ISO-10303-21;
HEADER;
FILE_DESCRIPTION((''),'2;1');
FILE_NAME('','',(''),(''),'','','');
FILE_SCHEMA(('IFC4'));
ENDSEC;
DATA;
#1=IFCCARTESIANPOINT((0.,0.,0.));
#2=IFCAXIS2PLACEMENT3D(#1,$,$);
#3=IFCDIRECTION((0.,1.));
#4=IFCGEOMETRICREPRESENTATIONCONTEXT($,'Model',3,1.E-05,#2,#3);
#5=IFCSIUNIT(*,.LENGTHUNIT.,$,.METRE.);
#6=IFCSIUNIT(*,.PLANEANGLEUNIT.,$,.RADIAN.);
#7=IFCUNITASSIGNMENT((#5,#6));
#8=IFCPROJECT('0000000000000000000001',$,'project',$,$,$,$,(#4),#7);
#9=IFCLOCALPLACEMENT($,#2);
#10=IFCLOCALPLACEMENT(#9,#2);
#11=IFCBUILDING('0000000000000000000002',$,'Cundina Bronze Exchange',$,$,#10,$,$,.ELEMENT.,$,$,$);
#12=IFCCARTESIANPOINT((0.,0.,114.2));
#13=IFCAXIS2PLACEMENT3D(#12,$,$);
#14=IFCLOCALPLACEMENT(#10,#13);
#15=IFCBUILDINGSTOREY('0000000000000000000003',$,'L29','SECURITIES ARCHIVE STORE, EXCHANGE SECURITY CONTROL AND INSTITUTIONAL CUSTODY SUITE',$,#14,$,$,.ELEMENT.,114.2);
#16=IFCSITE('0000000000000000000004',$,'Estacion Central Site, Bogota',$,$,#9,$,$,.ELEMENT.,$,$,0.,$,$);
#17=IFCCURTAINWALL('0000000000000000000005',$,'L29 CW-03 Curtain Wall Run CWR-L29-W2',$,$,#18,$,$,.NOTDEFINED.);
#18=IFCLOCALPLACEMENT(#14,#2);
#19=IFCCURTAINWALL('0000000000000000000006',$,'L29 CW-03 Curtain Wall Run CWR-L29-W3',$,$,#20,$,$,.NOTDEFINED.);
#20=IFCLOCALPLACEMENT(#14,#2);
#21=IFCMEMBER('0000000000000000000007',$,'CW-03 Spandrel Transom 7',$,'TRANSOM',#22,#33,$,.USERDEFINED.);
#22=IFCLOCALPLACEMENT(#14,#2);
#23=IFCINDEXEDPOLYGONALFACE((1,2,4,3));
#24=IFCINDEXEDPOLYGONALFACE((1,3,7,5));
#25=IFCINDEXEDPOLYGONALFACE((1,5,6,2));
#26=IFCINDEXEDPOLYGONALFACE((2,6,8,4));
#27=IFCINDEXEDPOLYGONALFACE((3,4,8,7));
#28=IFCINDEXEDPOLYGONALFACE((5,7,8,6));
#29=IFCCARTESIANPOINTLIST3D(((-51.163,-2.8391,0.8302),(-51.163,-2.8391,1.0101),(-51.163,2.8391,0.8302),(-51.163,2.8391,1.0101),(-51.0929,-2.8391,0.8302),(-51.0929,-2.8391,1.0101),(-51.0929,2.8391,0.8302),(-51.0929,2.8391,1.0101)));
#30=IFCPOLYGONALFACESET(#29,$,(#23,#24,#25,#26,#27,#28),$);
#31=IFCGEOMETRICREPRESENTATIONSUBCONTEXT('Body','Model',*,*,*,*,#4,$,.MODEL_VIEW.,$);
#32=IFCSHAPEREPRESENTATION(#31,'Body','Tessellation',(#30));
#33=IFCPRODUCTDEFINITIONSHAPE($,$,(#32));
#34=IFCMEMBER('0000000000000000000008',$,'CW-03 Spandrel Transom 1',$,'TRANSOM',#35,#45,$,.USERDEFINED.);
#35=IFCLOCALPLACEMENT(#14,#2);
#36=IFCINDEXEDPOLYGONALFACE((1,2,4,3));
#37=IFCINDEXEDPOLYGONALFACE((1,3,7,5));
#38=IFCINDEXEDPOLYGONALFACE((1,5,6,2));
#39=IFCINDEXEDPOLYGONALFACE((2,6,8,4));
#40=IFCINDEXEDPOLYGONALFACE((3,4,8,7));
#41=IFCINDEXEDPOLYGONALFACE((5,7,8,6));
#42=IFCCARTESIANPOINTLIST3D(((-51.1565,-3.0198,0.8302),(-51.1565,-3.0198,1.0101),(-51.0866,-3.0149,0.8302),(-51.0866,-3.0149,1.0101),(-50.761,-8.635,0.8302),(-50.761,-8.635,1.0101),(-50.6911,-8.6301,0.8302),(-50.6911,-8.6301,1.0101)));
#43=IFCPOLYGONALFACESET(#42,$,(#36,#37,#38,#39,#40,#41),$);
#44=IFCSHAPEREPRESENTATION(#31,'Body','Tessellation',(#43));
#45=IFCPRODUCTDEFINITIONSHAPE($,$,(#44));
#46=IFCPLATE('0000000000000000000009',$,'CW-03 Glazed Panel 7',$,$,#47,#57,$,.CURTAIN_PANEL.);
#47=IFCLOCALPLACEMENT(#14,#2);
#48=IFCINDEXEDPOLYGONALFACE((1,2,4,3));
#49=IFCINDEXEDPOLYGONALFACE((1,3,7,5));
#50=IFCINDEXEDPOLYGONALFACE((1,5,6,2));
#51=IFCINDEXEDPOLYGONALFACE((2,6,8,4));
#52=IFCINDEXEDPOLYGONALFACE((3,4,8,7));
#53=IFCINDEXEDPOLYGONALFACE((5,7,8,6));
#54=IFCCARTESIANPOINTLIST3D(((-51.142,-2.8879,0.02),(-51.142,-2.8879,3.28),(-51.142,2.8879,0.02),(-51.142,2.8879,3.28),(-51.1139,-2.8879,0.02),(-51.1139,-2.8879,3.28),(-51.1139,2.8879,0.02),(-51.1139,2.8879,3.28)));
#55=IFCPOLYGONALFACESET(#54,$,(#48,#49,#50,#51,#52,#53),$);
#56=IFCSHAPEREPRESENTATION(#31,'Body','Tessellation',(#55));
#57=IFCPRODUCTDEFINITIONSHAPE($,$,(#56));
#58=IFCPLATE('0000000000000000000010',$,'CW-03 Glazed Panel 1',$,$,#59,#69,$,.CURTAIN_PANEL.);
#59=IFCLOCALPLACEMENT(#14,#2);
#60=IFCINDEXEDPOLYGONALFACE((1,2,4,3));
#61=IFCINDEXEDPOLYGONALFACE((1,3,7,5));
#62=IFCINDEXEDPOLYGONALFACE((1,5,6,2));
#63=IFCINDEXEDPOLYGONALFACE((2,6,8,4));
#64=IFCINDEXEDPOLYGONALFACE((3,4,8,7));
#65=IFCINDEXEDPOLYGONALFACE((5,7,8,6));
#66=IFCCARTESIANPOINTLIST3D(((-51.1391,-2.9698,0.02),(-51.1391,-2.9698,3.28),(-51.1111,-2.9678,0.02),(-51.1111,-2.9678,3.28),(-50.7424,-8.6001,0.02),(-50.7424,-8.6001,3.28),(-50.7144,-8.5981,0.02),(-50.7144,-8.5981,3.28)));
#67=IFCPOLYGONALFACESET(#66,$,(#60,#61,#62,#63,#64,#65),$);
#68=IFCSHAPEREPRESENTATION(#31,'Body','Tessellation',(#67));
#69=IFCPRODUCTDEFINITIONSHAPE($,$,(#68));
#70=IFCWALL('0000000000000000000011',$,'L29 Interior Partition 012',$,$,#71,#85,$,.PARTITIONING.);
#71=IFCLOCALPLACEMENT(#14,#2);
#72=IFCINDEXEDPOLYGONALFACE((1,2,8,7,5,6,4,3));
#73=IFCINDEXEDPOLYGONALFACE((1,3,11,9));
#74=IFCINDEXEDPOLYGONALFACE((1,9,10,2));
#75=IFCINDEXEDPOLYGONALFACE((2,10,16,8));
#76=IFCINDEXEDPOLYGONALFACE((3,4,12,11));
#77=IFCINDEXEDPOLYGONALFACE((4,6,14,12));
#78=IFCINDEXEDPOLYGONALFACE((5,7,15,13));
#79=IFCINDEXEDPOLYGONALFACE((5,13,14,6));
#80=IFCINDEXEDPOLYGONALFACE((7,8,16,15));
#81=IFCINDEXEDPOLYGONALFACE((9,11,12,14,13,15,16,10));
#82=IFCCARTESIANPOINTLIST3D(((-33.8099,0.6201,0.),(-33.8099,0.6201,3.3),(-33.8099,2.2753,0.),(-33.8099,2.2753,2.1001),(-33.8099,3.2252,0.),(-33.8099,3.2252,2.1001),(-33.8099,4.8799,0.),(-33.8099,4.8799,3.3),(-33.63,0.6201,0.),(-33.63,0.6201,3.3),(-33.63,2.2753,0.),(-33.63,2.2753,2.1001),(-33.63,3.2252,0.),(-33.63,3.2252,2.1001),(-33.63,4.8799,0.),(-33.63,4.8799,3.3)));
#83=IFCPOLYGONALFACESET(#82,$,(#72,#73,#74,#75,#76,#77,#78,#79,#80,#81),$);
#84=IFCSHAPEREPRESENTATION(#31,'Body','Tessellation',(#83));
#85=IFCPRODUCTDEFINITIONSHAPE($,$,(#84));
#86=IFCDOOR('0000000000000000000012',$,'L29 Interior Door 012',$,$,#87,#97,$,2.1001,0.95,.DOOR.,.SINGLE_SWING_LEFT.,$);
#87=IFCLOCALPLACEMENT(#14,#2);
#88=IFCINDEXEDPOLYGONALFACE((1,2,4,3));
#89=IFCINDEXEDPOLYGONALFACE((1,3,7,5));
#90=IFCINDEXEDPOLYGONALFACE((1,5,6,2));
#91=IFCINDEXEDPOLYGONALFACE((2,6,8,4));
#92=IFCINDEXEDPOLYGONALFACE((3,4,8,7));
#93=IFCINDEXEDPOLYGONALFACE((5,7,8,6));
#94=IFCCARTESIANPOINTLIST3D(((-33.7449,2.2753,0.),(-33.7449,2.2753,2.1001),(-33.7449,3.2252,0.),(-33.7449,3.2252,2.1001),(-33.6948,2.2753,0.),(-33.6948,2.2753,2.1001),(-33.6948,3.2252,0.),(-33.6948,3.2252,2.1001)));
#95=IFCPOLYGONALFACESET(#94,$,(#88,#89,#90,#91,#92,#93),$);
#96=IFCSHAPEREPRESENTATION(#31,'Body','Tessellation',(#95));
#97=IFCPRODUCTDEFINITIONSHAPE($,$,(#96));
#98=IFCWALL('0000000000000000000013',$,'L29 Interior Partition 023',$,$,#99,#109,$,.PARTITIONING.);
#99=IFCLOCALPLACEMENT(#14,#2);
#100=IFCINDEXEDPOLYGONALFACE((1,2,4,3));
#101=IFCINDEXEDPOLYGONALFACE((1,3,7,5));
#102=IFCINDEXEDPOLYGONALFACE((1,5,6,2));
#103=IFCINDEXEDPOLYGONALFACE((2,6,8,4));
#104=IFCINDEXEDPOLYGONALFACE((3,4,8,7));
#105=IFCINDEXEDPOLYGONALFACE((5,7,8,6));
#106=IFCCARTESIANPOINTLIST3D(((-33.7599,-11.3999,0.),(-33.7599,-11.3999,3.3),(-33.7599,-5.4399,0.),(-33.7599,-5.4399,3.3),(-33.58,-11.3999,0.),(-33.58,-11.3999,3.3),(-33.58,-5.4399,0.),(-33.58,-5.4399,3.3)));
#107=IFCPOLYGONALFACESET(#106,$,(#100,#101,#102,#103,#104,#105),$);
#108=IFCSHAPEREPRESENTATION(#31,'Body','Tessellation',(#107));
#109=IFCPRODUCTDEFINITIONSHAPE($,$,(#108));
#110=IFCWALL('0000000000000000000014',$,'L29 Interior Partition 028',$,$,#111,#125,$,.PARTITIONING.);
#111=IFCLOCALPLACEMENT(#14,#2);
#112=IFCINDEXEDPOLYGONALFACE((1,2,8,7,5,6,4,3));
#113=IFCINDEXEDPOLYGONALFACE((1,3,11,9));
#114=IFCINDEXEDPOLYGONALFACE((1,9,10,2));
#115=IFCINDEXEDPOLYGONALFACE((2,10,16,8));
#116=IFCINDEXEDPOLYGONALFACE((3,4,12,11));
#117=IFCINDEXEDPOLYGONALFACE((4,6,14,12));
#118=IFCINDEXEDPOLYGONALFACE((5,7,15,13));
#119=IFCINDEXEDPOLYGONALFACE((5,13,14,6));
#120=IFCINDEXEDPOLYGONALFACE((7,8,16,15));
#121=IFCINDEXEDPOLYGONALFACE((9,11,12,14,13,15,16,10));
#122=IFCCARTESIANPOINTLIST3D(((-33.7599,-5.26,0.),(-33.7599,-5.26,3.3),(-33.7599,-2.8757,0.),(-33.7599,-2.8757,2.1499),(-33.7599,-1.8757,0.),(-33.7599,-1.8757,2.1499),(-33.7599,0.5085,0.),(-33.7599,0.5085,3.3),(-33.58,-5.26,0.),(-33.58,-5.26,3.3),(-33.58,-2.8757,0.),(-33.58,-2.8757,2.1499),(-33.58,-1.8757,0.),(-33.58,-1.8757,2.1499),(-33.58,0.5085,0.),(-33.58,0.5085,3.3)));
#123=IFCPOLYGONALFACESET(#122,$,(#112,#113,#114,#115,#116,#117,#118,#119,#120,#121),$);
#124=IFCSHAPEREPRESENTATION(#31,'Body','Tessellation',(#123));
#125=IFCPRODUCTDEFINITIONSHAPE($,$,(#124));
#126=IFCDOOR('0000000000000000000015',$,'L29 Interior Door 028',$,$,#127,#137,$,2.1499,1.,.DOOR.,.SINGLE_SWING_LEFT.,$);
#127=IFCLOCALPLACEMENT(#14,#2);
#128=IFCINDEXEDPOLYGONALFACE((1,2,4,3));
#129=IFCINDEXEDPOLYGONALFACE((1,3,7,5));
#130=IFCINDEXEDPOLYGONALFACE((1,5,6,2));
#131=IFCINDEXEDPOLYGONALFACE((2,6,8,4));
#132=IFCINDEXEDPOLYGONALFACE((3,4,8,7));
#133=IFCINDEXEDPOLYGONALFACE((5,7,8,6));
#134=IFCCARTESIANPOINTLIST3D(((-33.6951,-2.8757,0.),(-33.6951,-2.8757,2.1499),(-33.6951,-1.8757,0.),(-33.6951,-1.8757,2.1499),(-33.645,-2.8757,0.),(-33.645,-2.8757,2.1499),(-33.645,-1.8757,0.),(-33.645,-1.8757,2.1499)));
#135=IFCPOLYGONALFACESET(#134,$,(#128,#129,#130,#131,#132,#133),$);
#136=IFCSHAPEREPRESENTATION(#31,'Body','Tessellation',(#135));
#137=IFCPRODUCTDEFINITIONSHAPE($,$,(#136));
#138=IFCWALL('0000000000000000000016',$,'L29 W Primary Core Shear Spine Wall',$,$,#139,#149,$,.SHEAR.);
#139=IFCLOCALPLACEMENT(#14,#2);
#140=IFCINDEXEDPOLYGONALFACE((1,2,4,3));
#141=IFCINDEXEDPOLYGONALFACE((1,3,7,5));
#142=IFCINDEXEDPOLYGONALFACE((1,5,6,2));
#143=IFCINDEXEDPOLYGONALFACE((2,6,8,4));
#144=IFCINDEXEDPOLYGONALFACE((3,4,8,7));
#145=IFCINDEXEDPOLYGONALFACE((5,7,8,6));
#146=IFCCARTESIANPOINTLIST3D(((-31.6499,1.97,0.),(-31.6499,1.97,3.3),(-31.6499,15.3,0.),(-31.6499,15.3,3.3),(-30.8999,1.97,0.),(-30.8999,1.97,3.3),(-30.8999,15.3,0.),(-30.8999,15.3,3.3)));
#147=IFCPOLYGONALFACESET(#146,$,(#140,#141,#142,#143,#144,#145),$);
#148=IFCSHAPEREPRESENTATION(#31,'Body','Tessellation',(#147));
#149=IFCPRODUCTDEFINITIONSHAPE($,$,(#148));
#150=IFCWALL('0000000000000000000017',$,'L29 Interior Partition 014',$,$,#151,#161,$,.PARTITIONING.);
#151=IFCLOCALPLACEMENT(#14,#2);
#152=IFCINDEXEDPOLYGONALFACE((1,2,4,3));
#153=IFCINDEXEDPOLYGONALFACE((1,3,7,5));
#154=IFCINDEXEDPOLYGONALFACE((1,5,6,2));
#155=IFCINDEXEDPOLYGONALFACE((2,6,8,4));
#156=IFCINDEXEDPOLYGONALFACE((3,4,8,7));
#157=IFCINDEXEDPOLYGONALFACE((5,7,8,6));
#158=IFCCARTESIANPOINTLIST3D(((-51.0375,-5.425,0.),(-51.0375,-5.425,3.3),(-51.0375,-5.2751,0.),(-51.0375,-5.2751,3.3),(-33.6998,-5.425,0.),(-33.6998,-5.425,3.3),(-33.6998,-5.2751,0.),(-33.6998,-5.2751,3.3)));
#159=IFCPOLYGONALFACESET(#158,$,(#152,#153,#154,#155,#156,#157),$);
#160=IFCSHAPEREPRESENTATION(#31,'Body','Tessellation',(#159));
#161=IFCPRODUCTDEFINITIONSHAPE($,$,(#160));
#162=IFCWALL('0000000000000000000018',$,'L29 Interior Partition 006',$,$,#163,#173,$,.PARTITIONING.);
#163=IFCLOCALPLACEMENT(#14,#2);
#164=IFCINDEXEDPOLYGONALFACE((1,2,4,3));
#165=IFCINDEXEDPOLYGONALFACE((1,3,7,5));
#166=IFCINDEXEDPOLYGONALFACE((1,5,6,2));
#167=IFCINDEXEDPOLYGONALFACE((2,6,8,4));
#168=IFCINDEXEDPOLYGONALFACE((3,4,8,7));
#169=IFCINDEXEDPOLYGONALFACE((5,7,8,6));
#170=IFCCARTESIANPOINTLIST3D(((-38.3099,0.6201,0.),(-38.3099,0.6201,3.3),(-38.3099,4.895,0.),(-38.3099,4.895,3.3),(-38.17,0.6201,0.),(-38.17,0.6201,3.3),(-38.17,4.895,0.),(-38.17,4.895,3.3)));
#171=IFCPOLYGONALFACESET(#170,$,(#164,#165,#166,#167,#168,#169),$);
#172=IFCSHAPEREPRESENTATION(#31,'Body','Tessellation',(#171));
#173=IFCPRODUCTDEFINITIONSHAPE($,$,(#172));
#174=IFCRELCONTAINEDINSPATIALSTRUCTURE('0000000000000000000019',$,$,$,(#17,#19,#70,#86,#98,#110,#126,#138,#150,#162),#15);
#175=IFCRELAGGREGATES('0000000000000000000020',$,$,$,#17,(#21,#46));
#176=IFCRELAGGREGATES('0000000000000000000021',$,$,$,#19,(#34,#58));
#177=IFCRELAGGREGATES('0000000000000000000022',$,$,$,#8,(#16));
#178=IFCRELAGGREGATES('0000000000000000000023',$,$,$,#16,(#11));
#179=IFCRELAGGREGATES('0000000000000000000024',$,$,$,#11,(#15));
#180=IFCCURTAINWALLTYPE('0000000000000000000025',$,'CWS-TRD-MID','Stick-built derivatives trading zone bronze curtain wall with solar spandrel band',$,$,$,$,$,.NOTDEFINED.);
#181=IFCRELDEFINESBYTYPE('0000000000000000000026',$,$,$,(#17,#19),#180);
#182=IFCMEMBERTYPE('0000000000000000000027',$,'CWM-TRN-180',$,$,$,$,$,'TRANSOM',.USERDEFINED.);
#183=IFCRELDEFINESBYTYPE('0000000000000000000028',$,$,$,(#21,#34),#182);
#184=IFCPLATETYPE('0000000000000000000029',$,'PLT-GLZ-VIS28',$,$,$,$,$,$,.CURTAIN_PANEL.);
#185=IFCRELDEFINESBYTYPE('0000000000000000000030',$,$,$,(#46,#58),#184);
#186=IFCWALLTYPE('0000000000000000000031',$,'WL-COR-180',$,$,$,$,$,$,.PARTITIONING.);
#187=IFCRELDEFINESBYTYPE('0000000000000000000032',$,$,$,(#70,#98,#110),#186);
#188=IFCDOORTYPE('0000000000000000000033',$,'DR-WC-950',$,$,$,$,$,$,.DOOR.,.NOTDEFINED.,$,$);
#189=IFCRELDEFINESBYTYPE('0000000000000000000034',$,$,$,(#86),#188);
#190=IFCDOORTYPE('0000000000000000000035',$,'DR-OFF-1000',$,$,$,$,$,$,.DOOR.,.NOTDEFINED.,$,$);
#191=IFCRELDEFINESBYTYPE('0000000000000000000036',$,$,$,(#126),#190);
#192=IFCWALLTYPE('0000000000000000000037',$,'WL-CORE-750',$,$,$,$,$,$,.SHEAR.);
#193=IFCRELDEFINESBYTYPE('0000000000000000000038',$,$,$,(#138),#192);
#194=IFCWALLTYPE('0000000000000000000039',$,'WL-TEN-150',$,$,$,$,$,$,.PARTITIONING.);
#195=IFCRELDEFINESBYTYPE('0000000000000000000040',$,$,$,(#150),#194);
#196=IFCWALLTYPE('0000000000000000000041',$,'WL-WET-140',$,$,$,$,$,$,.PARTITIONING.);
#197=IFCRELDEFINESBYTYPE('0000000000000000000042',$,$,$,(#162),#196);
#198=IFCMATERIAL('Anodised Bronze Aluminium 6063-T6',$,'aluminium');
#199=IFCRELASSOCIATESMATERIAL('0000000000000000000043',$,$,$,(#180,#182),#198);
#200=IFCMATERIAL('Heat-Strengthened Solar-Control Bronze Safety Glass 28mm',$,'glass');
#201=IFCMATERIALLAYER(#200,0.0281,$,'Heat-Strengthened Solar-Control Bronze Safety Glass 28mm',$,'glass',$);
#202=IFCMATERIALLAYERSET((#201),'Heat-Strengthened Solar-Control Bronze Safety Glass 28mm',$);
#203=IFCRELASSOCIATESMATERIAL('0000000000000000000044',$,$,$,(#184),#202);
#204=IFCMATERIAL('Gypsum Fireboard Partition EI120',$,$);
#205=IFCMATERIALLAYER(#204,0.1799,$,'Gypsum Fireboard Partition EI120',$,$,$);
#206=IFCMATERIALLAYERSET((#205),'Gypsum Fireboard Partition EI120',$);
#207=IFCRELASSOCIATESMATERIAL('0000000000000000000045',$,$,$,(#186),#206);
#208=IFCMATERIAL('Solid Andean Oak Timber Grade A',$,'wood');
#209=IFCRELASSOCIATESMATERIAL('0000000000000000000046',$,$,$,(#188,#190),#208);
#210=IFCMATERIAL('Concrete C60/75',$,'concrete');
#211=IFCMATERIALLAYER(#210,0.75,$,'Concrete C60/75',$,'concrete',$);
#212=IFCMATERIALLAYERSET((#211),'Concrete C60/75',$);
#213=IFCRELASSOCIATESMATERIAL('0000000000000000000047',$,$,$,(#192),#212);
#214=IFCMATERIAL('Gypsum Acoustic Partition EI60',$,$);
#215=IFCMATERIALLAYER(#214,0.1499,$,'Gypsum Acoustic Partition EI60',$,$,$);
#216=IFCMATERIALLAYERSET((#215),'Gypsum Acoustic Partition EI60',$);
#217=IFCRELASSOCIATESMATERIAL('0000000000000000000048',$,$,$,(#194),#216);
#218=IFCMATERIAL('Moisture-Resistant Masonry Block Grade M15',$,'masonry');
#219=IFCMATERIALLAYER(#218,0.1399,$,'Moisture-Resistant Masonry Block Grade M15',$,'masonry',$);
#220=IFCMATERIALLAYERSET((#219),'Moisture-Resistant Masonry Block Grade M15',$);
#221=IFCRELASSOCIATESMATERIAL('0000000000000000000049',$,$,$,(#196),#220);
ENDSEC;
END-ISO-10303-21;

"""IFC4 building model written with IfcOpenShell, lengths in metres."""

from ifc_helpers import new_model, si_unit, direction, frame, frame_2d, origin, origin_2d, place, context, subcontext, project, spatial, rectangle, extrude, material, layer, layer_set, material_profile, profile_set, type_object, element, fill, aggregate, save


model = new_model("IFC4")

# Units and contexts
model_context = context("Model", 3, precision=1e-05, world=origin(), true_north=direction((0.0, 1.0)))
body_context = subcontext(model_context, "Body", "Model", "MODEL_VIEW")
ifc_project = project(units=[si_unit("LENGTHUNIT", "METRE"), si_unit("PLANEANGLEUNIT", "RADIAN")], contexts=[model_context])

# Site, building, storey
site_placement = place(None, origin())
site = spatial("IfcSite", under=ifc_project, at=site_placement, Name="Estacion Central Site, Bogota", CompositionType="ELEMENT", RefElevation=0.0)
building_placement = place(site_placement, origin())
building = spatial("IfcBuilding", under=site, at=building_placement, Name="Cundina Bronze Exchange", CompositionType="ELEMENT")
storey_placement = place(building_placement, frame((0.0, 0.0, 114.2)))
storey = spatial("IfcBuildingStorey", under=building, at=storey_placement, Name="L29", Description="SECURITIES ARCHIVE STORE, EXCHANGE SECURITY CONTROL AND INSTITUTIONAL CUSTODY SUITE", CompositionType="ELEMENT", Elevation=114.2)

# Shared definitions
ifc_material_1 = material(Name="Concrete C60/75", Category="concrete")

# Curtain walls
ifc_material_2 = material(Name="Anodised Bronze Aluminium 6063-T6", Category="aluminium")
curtain_wall_type = type_object("IfcCurtainWallType", Name="CWS-TRD-MID", Description="Stick-built derivatives trading zone bronze curtain wall with solar spandrel band", PredefinedType="NOTDEFINED", material=ifc_material_2)
curtain_wall_1_placement = place(storey_placement, origin())
curtain_wall_1 = element("IfcCurtainWall", 1, at=curtain_wall_1_placement, inside=storey, type_object=curtain_wall_type, Name="L29 CW-03 Curtain Wall Run CWR-L29-W2", PredefinedType="NOTDEFINED")
curtain_wall_2_placement = place(storey_placement, origin())
curtain_wall_2 = element("IfcCurtainWall", 2, at=curtain_wall_2_placement, inside=storey, type_object=curtain_wall_type, Name="L29 CW-03 Curtain Wall Run CWR-L29-W3", PredefinedType="NOTDEFINED")

# Members
ifc_material_profile_1 = material_profile(ifc_material_2, rectangle(XDim=0.0701, YDim=0.1799, at=origin_2d()), Name="AL70X180", Category="aluminium")
ifc_profile_set_1 = profile_set([ifc_material_profile_1], Name="Anodised Bronze Aluminium 6063-T6")
member_type_1 = type_object("IfcMemberType", Name="CWM-TRN-180", ElementType="TRANSOM", PredefinedType="USERDEFINED", material=ifc_profile_set_1)
member_1_placement = place(storey_placement, frame((-51.1279, 2.8391, 0.9202), z_axis=(0.0, -1.0, 0.0), x_axis=(1.0, 0.0, 0.0)))
member_1 = element("IfcMember", 3, at=member_1_placement, type_object=member_type_1, Name="CW-03 Spandrel Transom 7", ObjectType="TRANSOM", PredefinedType="USERDEFINED", context=body_context, shape_type="SweptSolid", body=[
    extrude(rectangle(XDim=0.0701, YDim=0.1799, at=origin_2d()), origin(), (0.0, 0.0, 1.0), 5.6782),
])
member_2_placement = place(storey_placement, frame((-51.1216, -3.0173, 0.9202), z_axis=(0.070261, -0.997529, 0.0), x_axis=(0.997529, 0.070261, 0.0)))
member_2 = element("IfcMember", 4, at=member_2_placement, type_object=member_type_1, Name="CW-03 Spandrel Transom 1", ObjectType="TRANSOM", PredefinedType="USERDEFINED", context=body_context, shape_type="SweptSolid", body=[
    extrude(rectangle(XDim=0.0701, YDim=0.1799, at=origin_2d()), origin(), (0.0, 0.0, 1.0), 5.6292),
])

# Plates
ifc_material_3 = material(Name="Heat-Strengthened Solar-Control Bronze Safety Glass 28mm", Category="glass")
ifc_layer_1 = layer(ifc_material_3, 0.0281, Name="Heat-Strengthened Solar-Control Bronze Safety Glass 28mm", Category="glass")
ifc_layer_set_1 = layer_set([ifc_layer_1], Name="Heat-Strengthened Solar-Control Bronze Safety Glass 28mm")
plate_type = type_object("IfcPlateType", Name="PLT-GLZ-VIS28", PredefinedType="CURTAIN_PANEL", material=ifc_layer_set_1)
plate_1_placement = place(storey_placement, frame((-51.1279, 0.0, 0.02), z_axis=(0.0, 0.0, 1.0), x_axis=(0.0, -1.0, 0.0)))
plate_1 = element("IfcPlate", 5, at=plate_1_placement, type_object=plate_type, Name="CW-03 Glazed Panel 7", PredefinedType="CURTAIN_PANEL", context=body_context, shape_type="SweptSolid", body=[
    extrude(rectangle(XDim=5.7759, YDim=0.0281, at=origin_2d()), origin(), (0.0, 0.0, 1.0), 3.26),
])
aggregate(curtain_wall_1, [member_1, plate_1])
plate_2_placement = place(storey_placement, frame((-50.9268, -5.7839, 0.02), z_axis=(0.0, 0.0, 1.0), x_axis=(0.070279, -0.997527, 0.0)))
plate_2 = element("IfcPlate", 6, at=plate_2_placement, type_object=plate_type, Name="CW-03 Glazed Panel 1", PredefinedType="CURTAIN_PANEL", context=body_context, shape_type="SweptSolid", body=[
    extrude(rectangle(XDim=5.6443, YDim=0.0281, at=origin_2d()), origin(), (0.0, 0.0, 1.0), 3.26),
])
aggregate(curtain_wall_2, [member_2, plate_2])

# Wall, opening, door
ifc_material_4 = material(Name="Gypsum Fireboard Partition EI120")
ifc_layer_2 = layer(ifc_material_4, 0.1799, Name="Gypsum Fireboard Partition EI120")
ifc_layer_set_2 = layer_set([ifc_layer_2], Name="Gypsum Fireboard Partition EI120")
wall_type_1 = type_object("IfcWallType", Name="WL-COR-180", PredefinedType="PARTITIONING", material=ifc_layer_set_2)
wall_1_placement = place(storey_placement, frame((-33.72, 0.6201, 0.0), z_axis=(0.0, 0.0, 1.0), x_axis=(0.0, 1.0, 0.0)))
wall_1 = element("IfcWall", 7, at=wall_1_placement, inside=storey, type_object=wall_type_1, Name="L29 Interior Partition 012", PredefinedType="PARTITIONING", context=body_context, shape_type="SweptSolid", body=[
    extrude(rectangle(XDim=4.2598, YDim=0.1799, at=frame_2d((2.1299, 0.0))), origin(), (0.0, 0.0, 1.0), 3.3),
])
opening_1_placement = place(wall_1_placement, frame((1.655, 0.0, 0.0)))
opening_1 = element("IfcOpeningElement", 8, at=opening_1_placement, cuts=wall_1, PredefinedType="OPENING", context=body_context, shape_type="SweptSolid", body=[
    extrude(rectangle(XDim=0.95, YDim=2.1001, at=frame_2d((0.4751, 1.05))), frame((0.0, 0.0999, 0.0), z_axis=(0.0, -1.0, 0.0), x_axis=(1.0, 0.0, 0.0)), (0.0, 0.0, 1.0), 0.2),
])
ifc_material_5 = material(Name="Solid Andean Oak Timber Grade A", Category="wood")
door_type_1 = type_object("IfcDoorType", Name="DR-WC-950", OperationType="NOTDEFINED", PredefinedType="DOOR", material=ifc_material_5)
door_1_placement = place(opening_1_placement, origin())
door_1 = element("IfcDoor", 9, at=door_1_placement, inside=storey, type_object=door_type_1, Name="L29 Interior Door 012", OperationType="SINGLE_SWING_LEFT", OverallHeight=2.1001, OverallWidth=0.95, PredefinedType="DOOR", context=body_context, shape_type="SweptSolid", body=[
    extrude(rectangle(XDim=0.95, YDim=2.1001, at=frame_2d((0.4751, 1.05))), frame((0.0, 0.0249, 0.0), z_axis=(0.0, -1.0, 0.0), x_axis=(1.0, 0.0, 0.0)), (0.0, 0.0, 1.0), 0.05),
])
fill(opening_1, door_1)

# Wall
wall_2_placement = place(storey_placement, frame((-33.6699, -5.4399, 0.0), z_axis=(0.0, 0.0, 1.0), x_axis=(0.0, -1.0, 0.0)))
element("IfcWall", 10, at=wall_2_placement, inside=storey, type_object=wall_type_1, Name="L29 Interior Partition 023", PredefinedType="PARTITIONING", context=body_context, shape_type="SweptSolid", body=[
    extrude(rectangle(XDim=5.96, YDim=0.1799, at=frame_2d((2.98, 0.0))), origin(), (0.0, 0.0, 1.0), 3.3),
])

# Wall, opening, door
wall_3_placement = place(storey_placement, frame((-33.6699, 0.5085, 0.0), z_axis=(0.0, 0.0, 1.0), x_axis=(0.0, -1.0, 0.0)))
wall_3 = element("IfcWall", 11, at=wall_3_placement, inside=storey, type_object=wall_type_1, Name="L29 Interior Partition 028", PredefinedType="PARTITIONING", context=body_context, shape_type="SweptSolid", body=[
    extrude(rectangle(XDim=5.7686, YDim=0.1799, at=frame_2d((2.8843, 0.0))), origin(), (0.0, 0.0, 1.0), 3.3),
])
opening_2_placement = place(wall_3_placement, frame((2.3843, 0.0, 0.0)))
opening_2 = element("IfcOpeningElement", 12, at=opening_2_placement, cuts=wall_3, PredefinedType="OPENING", context=body_context, shape_type="SweptSolid", body=[
    extrude(rectangle(XDim=1.0, YDim=2.1499, at=frame_2d((0.5, 1.075))), frame((0.0, 0.0999, 0.0), z_axis=(0.0, -1.0, 0.0), x_axis=(1.0, 0.0, 0.0)), (0.0, 0.0, 1.0), 0.2),
])
door_type_2 = type_object("IfcDoorType", Name="DR-OFF-1000", OperationType="NOTDEFINED", PredefinedType="DOOR", material=ifc_material_5)
door_2_placement = place(opening_2_placement, origin())
door_2 = element("IfcDoor", 13, at=door_2_placement, inside=storey, type_object=door_type_2, Name="L29 Interior Door 028", OperationType="SINGLE_SWING_LEFT", OverallHeight=2.1499, OverallWidth=1.0, PredefinedType="DOOR", context=body_context, shape_type="SweptSolid", body=[
    extrude(rectangle(XDim=1.0, YDim=2.1499, at=frame_2d((0.5, 1.075))), frame((0.0, 0.0249, 0.0), z_axis=(0.0, -1.0, 0.0), x_axis=(1.0, 0.0, 0.0)), (0.0, 0.0, 1.0), 0.05),
])
fill(opening_2, door_2)

# Walls
ifc_layer_3 = layer(ifc_material_1, 0.75, Name="Concrete C60/75", Category="concrete")
ifc_layer_set_3 = layer_set([ifc_layer_3], Name="Concrete C60/75")
wall_type_2 = type_object("IfcWallType", Name="WL-CORE-750", PredefinedType="SHEAR", material=ifc_layer_set_3)
wall_4_placement = place(storey_placement, frame((-31.2749, 1.97, 0.0), z_axis=(0.0, 0.0, 1.0), x_axis=(0.0, 1.0, 0.0)))
element("IfcWall", 14, at=wall_4_placement, inside=storey, type_object=wall_type_2, Name="L29 W Primary Core Shear Spine Wall", PredefinedType="SHEAR", context=body_context, shape_type="SweptSolid", body=[
    extrude(rectangle(XDim=13.3301, YDim=0.75, at=frame_2d((6.665, 0.0))), origin(), (0.0, 0.0, 1.0), 3.3),
])
ifc_material_6 = material(Name="Gypsum Acoustic Partition EI60")
ifc_layer_4 = layer(ifc_material_6, 0.1499, Name="Gypsum Acoustic Partition EI60")
ifc_layer_set_4 = layer_set([ifc_layer_4], Name="Gypsum Acoustic Partition EI60")
wall_type_3 = type_object("IfcWallType", Name="WL-TEN-150", PredefinedType="PARTITIONING", material=ifc_layer_set_4)
wall_5_placement = place(storey_placement, frame((-51.0376, -5.3501, 0.0), z_axis=(0.0, 0.0, 1.0), x_axis=(1.0, 0.0, 0.0)))
element("IfcWall", 15, at=wall_5_placement, inside=storey, type_object=wall_type_3, Name="L29 Interior Partition 014", PredefinedType="PARTITIONING", context=body_context, shape_type="SweptSolid", body=[
    extrude(rectangle(XDim=17.3376, YDim=0.1499, at=frame_2d((8.6689, 0.0))), origin(), (0.0, 0.0, 1.0), 3.3),
])
ifc_material_7 = material(Name="Moisture-Resistant Masonry Block Grade M15", Category="masonry")
ifc_layer_5 = layer(ifc_material_7, 0.1399, Name="Moisture-Resistant Masonry Block Grade M15", Category="masonry")
ifc_layer_set_5 = layer_set([ifc_layer_5], Name="Moisture-Resistant Masonry Block Grade M15")
wall_type_4 = type_object("IfcWallType", Name="WL-WET-140", PredefinedType="PARTITIONING", material=ifc_layer_set_5)
wall_6_placement = place(storey_placement, frame((-38.24, 0.6201, 0.0), z_axis=(0.0, 0.0, 1.0), x_axis=(0.0, 1.0, 0.0)))
element("IfcWall", 16, at=wall_6_placement, inside=storey, type_object=wall_type_4, Name="L29 Interior Partition 006", PredefinedType="PARTITIONING", context=body_context, shape_type="SweptSolid", body=[
    extrude(rectangle(XDim=4.2749, YDim=0.1399, at=frame_2d((2.1375, 0.0))), origin(), (0.0, 0.0, 1.0), 3.3),
])

save(model, "model.ifc")
